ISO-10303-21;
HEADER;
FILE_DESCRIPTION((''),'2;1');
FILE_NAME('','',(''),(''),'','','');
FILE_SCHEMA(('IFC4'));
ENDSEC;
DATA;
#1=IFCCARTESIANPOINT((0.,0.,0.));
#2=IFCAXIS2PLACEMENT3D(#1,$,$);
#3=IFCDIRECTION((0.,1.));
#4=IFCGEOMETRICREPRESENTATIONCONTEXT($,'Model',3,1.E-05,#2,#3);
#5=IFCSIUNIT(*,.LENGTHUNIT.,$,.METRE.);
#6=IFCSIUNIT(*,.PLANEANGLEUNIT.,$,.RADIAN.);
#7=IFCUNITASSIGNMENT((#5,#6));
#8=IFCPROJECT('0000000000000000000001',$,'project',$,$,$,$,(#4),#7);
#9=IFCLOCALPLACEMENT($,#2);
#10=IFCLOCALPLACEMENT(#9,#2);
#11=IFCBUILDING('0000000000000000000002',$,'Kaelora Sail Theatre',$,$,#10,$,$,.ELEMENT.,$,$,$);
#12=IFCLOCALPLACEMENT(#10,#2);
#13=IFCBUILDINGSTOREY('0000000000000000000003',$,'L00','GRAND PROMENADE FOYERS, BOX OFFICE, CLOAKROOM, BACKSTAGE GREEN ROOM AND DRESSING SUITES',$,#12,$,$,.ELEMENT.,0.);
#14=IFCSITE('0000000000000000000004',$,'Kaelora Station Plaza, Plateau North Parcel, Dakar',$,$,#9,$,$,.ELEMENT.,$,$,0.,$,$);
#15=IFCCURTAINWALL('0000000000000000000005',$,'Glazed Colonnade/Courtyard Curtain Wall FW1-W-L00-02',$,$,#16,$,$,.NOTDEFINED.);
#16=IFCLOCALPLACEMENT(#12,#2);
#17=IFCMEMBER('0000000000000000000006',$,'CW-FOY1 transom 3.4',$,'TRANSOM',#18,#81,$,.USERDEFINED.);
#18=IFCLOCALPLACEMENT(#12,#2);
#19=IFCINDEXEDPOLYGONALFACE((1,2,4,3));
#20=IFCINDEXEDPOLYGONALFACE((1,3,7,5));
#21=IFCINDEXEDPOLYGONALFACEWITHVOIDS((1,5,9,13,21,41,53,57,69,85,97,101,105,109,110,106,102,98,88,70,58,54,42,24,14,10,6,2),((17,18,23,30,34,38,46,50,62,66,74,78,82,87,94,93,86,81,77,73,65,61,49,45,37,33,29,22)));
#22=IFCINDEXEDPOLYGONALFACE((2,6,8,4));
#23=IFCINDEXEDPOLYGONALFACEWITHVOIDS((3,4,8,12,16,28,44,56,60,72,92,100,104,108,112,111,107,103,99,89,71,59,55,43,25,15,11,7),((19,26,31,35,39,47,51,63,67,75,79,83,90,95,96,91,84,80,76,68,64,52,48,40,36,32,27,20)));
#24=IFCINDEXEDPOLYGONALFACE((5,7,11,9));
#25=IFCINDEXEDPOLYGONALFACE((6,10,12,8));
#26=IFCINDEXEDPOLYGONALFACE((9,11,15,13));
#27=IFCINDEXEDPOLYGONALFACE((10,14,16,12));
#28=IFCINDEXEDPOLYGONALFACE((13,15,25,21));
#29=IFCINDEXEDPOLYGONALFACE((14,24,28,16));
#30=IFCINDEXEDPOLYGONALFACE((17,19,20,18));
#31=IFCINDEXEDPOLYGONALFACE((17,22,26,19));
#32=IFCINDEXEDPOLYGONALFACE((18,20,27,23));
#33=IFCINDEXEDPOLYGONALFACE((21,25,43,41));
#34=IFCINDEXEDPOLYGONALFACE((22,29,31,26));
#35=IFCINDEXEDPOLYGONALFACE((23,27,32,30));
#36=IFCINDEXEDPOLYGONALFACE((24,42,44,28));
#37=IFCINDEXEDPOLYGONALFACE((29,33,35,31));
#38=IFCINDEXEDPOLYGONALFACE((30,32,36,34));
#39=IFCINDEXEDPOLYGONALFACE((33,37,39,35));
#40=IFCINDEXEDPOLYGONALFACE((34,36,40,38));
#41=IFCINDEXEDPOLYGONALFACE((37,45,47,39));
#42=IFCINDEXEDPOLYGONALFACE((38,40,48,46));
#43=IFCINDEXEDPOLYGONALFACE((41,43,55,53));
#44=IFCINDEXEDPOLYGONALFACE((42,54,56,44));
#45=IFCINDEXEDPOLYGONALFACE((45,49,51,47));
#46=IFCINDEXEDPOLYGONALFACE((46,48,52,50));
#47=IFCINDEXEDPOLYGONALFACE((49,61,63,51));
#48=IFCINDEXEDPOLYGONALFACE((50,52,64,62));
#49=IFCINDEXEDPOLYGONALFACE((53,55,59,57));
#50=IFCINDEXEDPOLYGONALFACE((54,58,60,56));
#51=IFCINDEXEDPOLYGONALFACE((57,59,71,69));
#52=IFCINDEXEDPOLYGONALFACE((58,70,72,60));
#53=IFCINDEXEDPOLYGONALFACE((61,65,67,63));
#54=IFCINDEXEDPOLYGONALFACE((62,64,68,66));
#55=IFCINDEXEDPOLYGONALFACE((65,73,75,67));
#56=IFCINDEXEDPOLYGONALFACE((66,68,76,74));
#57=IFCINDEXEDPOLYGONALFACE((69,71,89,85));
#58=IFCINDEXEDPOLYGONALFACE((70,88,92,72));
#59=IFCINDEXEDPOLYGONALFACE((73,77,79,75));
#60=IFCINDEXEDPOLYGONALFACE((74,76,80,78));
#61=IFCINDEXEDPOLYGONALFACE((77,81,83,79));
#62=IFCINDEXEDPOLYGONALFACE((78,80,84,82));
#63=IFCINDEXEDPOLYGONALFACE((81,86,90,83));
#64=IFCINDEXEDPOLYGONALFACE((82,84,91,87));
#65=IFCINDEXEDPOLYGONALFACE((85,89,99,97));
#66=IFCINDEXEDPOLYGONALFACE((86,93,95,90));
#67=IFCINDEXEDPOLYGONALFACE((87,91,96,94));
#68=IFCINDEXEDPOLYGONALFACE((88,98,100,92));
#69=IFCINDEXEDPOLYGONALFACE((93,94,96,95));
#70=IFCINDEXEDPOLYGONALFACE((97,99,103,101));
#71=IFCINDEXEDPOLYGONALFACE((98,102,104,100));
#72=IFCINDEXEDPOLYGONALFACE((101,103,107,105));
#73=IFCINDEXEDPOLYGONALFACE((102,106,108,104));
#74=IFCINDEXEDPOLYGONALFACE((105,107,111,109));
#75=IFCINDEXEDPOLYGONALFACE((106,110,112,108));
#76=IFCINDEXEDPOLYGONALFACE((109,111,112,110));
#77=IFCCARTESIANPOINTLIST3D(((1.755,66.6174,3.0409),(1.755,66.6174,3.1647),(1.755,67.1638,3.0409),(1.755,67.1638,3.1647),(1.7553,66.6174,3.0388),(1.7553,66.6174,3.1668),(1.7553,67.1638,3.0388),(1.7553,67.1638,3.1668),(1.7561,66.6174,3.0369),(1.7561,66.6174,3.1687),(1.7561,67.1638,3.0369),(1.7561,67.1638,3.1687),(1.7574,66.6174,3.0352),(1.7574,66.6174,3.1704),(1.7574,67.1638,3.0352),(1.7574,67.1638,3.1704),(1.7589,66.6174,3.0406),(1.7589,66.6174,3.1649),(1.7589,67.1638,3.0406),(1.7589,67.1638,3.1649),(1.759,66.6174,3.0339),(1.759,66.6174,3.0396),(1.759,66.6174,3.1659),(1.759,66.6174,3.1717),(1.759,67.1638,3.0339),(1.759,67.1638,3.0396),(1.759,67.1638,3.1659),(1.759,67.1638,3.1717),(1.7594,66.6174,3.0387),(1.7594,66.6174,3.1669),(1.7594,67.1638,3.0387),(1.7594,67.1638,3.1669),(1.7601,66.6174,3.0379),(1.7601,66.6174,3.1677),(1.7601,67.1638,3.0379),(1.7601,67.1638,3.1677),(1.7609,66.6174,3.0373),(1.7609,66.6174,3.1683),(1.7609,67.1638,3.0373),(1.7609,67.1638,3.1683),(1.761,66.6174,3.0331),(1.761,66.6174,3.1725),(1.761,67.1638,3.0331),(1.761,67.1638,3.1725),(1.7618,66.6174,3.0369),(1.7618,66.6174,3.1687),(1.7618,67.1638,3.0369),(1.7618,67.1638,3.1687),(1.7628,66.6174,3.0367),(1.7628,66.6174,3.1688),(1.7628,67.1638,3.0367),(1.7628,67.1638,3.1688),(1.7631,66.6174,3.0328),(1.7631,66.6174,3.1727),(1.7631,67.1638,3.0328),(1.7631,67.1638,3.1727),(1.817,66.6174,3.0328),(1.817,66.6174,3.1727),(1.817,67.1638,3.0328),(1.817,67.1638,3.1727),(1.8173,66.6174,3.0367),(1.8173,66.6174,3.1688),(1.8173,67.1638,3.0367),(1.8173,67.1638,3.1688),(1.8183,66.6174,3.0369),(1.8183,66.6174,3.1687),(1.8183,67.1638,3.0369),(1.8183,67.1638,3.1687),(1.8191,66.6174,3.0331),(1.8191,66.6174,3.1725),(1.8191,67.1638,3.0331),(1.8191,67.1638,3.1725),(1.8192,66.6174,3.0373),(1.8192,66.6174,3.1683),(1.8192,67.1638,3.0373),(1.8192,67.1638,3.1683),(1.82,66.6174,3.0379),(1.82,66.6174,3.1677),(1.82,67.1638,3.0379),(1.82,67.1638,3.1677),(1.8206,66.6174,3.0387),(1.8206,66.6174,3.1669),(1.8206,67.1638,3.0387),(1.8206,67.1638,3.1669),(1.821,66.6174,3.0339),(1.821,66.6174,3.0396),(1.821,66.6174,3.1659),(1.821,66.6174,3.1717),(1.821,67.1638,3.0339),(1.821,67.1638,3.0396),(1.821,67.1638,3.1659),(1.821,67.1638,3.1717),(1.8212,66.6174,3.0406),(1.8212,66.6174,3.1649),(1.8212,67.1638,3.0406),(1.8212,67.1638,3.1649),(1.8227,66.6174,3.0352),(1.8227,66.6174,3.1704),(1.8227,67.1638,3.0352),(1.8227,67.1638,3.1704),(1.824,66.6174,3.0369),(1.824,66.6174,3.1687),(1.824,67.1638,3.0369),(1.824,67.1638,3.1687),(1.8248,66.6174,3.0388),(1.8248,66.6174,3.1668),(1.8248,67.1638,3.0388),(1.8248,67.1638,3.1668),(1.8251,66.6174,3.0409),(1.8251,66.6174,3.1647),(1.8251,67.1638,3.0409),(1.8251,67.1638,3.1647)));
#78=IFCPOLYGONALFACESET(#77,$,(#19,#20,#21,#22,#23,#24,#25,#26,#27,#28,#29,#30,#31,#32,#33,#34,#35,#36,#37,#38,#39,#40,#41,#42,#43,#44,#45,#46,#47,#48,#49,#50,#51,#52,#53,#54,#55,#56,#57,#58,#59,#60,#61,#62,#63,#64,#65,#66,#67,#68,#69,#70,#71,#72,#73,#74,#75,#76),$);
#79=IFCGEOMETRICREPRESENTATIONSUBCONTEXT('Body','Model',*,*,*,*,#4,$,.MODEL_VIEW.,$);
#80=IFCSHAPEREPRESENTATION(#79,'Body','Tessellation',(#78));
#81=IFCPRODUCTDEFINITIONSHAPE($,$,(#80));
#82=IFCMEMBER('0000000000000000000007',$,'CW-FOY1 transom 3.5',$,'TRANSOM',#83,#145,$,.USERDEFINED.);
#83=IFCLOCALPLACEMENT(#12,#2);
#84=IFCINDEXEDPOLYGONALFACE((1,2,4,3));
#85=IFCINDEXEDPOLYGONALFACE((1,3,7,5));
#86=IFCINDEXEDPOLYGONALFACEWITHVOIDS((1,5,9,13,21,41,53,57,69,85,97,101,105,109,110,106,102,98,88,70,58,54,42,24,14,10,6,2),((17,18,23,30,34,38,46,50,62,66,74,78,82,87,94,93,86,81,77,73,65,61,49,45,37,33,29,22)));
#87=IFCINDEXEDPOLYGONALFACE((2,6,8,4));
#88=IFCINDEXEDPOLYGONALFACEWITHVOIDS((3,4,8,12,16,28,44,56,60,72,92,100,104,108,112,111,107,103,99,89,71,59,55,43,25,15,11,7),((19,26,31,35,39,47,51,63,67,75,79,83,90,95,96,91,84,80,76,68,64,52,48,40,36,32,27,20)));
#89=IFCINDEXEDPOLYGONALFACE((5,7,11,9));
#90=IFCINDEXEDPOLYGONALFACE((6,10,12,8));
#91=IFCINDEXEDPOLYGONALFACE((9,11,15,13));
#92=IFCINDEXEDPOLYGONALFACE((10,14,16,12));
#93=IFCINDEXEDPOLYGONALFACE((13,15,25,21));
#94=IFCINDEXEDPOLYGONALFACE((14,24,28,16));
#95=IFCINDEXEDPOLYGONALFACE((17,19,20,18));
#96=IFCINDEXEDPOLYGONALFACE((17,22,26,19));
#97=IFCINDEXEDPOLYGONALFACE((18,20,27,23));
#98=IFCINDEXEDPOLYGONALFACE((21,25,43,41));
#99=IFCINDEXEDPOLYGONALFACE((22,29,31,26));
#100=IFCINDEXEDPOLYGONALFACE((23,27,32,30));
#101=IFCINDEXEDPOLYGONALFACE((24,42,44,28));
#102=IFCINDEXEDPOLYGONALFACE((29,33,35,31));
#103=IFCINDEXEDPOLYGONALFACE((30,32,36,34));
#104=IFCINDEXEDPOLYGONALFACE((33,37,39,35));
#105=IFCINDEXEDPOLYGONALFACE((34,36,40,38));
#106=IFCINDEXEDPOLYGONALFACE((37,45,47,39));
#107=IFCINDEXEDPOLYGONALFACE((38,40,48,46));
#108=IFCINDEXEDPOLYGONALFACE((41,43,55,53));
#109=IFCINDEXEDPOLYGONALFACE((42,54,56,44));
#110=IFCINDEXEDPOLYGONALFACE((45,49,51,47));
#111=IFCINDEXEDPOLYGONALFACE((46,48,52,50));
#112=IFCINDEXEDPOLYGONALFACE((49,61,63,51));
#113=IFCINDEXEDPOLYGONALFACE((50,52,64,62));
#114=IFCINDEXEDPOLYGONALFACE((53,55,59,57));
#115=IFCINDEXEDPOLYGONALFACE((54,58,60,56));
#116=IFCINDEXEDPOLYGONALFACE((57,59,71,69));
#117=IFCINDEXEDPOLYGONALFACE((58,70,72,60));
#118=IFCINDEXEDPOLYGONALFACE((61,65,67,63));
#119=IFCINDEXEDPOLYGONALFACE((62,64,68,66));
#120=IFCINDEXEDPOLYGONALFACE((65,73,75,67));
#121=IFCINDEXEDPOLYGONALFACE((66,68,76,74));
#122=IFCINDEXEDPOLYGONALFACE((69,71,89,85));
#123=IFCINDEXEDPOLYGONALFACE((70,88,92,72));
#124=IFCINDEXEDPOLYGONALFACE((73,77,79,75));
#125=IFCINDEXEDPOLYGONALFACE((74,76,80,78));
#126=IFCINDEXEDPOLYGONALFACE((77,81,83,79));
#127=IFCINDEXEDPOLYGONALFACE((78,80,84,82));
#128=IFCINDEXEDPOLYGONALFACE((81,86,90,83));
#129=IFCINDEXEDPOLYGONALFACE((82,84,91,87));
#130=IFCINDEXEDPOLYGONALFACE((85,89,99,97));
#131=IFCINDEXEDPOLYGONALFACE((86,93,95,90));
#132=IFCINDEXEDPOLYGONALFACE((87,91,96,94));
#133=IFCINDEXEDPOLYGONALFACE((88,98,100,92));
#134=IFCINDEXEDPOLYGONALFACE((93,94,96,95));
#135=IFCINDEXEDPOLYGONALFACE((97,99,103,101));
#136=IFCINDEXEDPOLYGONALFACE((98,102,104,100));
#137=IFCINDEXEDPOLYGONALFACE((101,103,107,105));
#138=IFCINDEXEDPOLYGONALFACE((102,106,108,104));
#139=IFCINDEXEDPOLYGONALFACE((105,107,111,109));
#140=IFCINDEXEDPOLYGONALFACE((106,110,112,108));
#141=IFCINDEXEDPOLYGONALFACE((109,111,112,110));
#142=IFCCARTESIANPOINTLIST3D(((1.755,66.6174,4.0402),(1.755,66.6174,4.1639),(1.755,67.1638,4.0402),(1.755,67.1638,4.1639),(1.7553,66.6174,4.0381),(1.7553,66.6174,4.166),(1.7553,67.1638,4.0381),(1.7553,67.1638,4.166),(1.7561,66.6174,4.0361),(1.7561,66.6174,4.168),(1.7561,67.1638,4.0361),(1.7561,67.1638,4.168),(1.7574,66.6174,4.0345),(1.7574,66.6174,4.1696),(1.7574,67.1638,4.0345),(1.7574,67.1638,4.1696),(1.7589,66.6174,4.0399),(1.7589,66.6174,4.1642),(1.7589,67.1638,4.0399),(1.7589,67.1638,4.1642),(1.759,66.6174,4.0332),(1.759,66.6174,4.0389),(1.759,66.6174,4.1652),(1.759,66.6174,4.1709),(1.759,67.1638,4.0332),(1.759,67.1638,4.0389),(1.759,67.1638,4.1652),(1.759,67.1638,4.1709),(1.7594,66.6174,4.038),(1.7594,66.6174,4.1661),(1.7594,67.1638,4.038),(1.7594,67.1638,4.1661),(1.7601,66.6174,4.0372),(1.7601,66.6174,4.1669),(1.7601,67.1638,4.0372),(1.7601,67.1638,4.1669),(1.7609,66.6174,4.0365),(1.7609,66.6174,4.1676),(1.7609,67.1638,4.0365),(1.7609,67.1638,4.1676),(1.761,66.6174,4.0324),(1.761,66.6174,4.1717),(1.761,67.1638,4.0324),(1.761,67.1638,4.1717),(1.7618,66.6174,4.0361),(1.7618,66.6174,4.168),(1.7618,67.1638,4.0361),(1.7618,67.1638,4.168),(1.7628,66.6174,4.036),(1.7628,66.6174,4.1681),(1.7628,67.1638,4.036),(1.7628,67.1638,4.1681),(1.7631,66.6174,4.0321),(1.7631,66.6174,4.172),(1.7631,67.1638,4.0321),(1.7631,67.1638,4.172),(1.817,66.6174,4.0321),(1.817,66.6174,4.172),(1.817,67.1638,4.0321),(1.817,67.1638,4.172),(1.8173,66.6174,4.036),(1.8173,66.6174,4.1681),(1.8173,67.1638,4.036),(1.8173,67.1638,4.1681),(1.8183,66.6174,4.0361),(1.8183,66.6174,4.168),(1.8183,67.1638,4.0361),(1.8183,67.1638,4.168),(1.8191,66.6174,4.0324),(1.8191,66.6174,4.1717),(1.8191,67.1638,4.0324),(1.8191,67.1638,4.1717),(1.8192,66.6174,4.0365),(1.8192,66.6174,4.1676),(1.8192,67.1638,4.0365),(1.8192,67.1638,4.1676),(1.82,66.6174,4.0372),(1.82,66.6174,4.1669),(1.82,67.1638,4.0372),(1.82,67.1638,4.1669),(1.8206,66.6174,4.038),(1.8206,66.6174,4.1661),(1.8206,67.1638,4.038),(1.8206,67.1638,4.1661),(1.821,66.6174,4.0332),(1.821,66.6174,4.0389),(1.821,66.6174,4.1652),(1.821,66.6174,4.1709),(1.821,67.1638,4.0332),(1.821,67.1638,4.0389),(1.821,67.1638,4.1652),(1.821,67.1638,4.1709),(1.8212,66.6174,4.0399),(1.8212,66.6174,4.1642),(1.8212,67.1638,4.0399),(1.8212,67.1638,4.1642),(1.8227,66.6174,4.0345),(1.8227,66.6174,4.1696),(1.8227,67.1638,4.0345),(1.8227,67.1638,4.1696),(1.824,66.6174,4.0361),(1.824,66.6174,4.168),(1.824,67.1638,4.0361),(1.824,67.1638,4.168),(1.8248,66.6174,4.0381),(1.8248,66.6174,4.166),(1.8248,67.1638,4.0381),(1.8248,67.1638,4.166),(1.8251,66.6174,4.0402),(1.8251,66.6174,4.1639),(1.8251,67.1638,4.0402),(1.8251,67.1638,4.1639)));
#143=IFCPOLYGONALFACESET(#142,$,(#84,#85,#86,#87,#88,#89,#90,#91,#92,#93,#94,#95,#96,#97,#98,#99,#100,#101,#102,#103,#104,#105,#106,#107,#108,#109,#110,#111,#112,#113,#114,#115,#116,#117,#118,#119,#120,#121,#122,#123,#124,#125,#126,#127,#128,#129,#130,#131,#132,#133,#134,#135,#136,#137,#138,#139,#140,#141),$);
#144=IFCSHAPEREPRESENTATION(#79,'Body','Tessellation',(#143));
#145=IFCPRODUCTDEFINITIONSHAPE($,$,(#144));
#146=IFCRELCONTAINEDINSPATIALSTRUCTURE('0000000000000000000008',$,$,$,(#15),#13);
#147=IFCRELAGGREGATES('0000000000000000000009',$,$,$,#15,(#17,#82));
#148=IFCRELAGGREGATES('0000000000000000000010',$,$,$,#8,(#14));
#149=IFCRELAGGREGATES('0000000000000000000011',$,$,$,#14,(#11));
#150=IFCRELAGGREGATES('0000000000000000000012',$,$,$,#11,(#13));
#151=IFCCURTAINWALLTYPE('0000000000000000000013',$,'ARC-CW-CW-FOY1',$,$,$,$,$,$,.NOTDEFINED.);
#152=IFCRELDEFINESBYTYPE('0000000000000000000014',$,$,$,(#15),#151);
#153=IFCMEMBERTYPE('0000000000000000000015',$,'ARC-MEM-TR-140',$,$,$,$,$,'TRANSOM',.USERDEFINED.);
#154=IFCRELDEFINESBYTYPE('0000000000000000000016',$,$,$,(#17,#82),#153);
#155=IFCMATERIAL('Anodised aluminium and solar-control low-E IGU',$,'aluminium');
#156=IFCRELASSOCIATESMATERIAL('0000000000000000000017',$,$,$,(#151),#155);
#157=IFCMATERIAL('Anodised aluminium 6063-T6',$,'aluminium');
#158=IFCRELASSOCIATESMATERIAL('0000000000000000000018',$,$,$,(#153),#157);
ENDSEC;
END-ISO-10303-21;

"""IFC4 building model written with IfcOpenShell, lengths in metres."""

from ifc_helpers import new_model, si_unit, direction, frame, origin, origin_2d, place, context, subcontext, project, spatial, hollow_rectangle, extrude, material, material_profile, profile_set, type_object, element, aggregate, save


model = new_model("IFC4")

# Units and contexts
model_context = context("Model", 3, precision=1e-05, world=origin(), true_north=direction((0.0, 1.0)))
body_context = subcontext(model_context, "Body", "Model", "MODEL_VIEW")
ifc_project = project(units=[si_unit("LENGTHUNIT", "METRE"), si_unit("PLANEANGLEUNIT", "RADIAN")], contexts=[model_context])

# Site, building, storey
site_placement = place(None, origin())
site = spatial("IfcSite", under=ifc_project, at=site_placement, Name="Kaelora Station Plaza, Plateau North Parcel, Dakar", CompositionType="ELEMENT", RefElevation=0.0)
building_placement = place(site_placement, origin())
building = spatial("IfcBuilding", under=site, at=building_placement, Name="Kaelora Sail Theatre", CompositionType="ELEMENT")
storey_placement = place(building_placement, origin())
storey = spatial("IfcBuildingStorey", under=building, at=storey_placement, Name="L00", Description="GRAND PROMENADE FOYERS, BOX OFFICE, CLOAKROOM, BACKSTAGE GREEN ROOM AND DRESSING SUITES", CompositionType="ELEMENT", Elevation=0.0)

# Shared definitions
ifc_material_1 = material(Name="Anodised aluminium and solar-control low-E IGU", Category="aluminium")
curtain_wall_type = type_object("IfcCurtainWallType", Name="ARC-CW-CW-FOY1", PredefinedType="NOTDEFINED", material=ifc_material_1)
ifc_material_2 = material(Name="Anodised aluminium 6063-T6", Category="aluminium")
ifc_material_profile = material_profile(ifc_material_2, hollow_rectangle(XDim=0.0701, YDim=0.1399, WallThickness=0.0039, InnerFilletRadius=0.0039, OuterFilletRadius=0.0081, at=origin_2d()), Name="ALU-TRAN 70x140x4")
ifc_profile_set = profile_set([ifc_material_profile], Name="Anodised aluminium 6063-T6")
member_type = type_object("IfcMemberType", Name="ARC-MEM-TR-140", ElementType="TRANSOM", PredefinedType="USERDEFINED", material=ifc_profile_set)

# Curtain wall, members
curtain_wall_1_placement = place(storey_placement, origin())
curtain_wall_1 = element("IfcCurtainWall", 1, at=curtain_wall_1_placement, inside=storey, type_object=curtain_wall_type, Name="Glazed Colonnade/Courtyard Curtain Wall FW1-W-L00-02", PredefinedType="NOTDEFINED")
member_1_placement = place(storey_placement, frame((1.79, 66.6174, 3.1028), z_axis=(0.0, 1.0, 0.0), x_axis=(-1.0, 0.0, 0.0)))
member_1 = element("IfcMember", 2, at=member_1_placement, type_object=member_type, Name="CW-FOY1 transom 3.4", ObjectType="TRANSOM", PredefinedType="USERDEFINED", context=body_context, shape_type="SweptSolid", body=[
    extrude(hollow_rectangle(XDim=0.0701, YDim=0.1399, WallThickness=0.0039, InnerFilletRadius=0.0039, OuterFilletRadius=0.0081, at=origin_2d()), origin(), (0.0, 0.0, 1.0), 0.5464),
])
member_2_placement = place(storey_placement, frame((1.79, 66.6174, 4.1021), z_axis=(0.0, 1.0, 0.0), x_axis=(-1.0, 0.0, 0.0)))
member_2 = element("IfcMember", 3, at=member_2_placement, type_object=member_type, Name="CW-FOY1 transom 3.5", ObjectType="TRANSOM", PredefinedType="USERDEFINED", context=body_context, shape_type="SweptSolid", body=[
    extrude(hollow_rectangle(XDim=0.0701, YDim=0.1399, WallThickness=0.0039, InnerFilletRadius=0.0039, OuterFilletRadius=0.0081, at=origin_2d()), origin(), (0.0, 0.0, 1.0), 0.5464),
])

aggregate(curtain_wall_1, [member_1, member_2])

save(model, "model.ifc")
